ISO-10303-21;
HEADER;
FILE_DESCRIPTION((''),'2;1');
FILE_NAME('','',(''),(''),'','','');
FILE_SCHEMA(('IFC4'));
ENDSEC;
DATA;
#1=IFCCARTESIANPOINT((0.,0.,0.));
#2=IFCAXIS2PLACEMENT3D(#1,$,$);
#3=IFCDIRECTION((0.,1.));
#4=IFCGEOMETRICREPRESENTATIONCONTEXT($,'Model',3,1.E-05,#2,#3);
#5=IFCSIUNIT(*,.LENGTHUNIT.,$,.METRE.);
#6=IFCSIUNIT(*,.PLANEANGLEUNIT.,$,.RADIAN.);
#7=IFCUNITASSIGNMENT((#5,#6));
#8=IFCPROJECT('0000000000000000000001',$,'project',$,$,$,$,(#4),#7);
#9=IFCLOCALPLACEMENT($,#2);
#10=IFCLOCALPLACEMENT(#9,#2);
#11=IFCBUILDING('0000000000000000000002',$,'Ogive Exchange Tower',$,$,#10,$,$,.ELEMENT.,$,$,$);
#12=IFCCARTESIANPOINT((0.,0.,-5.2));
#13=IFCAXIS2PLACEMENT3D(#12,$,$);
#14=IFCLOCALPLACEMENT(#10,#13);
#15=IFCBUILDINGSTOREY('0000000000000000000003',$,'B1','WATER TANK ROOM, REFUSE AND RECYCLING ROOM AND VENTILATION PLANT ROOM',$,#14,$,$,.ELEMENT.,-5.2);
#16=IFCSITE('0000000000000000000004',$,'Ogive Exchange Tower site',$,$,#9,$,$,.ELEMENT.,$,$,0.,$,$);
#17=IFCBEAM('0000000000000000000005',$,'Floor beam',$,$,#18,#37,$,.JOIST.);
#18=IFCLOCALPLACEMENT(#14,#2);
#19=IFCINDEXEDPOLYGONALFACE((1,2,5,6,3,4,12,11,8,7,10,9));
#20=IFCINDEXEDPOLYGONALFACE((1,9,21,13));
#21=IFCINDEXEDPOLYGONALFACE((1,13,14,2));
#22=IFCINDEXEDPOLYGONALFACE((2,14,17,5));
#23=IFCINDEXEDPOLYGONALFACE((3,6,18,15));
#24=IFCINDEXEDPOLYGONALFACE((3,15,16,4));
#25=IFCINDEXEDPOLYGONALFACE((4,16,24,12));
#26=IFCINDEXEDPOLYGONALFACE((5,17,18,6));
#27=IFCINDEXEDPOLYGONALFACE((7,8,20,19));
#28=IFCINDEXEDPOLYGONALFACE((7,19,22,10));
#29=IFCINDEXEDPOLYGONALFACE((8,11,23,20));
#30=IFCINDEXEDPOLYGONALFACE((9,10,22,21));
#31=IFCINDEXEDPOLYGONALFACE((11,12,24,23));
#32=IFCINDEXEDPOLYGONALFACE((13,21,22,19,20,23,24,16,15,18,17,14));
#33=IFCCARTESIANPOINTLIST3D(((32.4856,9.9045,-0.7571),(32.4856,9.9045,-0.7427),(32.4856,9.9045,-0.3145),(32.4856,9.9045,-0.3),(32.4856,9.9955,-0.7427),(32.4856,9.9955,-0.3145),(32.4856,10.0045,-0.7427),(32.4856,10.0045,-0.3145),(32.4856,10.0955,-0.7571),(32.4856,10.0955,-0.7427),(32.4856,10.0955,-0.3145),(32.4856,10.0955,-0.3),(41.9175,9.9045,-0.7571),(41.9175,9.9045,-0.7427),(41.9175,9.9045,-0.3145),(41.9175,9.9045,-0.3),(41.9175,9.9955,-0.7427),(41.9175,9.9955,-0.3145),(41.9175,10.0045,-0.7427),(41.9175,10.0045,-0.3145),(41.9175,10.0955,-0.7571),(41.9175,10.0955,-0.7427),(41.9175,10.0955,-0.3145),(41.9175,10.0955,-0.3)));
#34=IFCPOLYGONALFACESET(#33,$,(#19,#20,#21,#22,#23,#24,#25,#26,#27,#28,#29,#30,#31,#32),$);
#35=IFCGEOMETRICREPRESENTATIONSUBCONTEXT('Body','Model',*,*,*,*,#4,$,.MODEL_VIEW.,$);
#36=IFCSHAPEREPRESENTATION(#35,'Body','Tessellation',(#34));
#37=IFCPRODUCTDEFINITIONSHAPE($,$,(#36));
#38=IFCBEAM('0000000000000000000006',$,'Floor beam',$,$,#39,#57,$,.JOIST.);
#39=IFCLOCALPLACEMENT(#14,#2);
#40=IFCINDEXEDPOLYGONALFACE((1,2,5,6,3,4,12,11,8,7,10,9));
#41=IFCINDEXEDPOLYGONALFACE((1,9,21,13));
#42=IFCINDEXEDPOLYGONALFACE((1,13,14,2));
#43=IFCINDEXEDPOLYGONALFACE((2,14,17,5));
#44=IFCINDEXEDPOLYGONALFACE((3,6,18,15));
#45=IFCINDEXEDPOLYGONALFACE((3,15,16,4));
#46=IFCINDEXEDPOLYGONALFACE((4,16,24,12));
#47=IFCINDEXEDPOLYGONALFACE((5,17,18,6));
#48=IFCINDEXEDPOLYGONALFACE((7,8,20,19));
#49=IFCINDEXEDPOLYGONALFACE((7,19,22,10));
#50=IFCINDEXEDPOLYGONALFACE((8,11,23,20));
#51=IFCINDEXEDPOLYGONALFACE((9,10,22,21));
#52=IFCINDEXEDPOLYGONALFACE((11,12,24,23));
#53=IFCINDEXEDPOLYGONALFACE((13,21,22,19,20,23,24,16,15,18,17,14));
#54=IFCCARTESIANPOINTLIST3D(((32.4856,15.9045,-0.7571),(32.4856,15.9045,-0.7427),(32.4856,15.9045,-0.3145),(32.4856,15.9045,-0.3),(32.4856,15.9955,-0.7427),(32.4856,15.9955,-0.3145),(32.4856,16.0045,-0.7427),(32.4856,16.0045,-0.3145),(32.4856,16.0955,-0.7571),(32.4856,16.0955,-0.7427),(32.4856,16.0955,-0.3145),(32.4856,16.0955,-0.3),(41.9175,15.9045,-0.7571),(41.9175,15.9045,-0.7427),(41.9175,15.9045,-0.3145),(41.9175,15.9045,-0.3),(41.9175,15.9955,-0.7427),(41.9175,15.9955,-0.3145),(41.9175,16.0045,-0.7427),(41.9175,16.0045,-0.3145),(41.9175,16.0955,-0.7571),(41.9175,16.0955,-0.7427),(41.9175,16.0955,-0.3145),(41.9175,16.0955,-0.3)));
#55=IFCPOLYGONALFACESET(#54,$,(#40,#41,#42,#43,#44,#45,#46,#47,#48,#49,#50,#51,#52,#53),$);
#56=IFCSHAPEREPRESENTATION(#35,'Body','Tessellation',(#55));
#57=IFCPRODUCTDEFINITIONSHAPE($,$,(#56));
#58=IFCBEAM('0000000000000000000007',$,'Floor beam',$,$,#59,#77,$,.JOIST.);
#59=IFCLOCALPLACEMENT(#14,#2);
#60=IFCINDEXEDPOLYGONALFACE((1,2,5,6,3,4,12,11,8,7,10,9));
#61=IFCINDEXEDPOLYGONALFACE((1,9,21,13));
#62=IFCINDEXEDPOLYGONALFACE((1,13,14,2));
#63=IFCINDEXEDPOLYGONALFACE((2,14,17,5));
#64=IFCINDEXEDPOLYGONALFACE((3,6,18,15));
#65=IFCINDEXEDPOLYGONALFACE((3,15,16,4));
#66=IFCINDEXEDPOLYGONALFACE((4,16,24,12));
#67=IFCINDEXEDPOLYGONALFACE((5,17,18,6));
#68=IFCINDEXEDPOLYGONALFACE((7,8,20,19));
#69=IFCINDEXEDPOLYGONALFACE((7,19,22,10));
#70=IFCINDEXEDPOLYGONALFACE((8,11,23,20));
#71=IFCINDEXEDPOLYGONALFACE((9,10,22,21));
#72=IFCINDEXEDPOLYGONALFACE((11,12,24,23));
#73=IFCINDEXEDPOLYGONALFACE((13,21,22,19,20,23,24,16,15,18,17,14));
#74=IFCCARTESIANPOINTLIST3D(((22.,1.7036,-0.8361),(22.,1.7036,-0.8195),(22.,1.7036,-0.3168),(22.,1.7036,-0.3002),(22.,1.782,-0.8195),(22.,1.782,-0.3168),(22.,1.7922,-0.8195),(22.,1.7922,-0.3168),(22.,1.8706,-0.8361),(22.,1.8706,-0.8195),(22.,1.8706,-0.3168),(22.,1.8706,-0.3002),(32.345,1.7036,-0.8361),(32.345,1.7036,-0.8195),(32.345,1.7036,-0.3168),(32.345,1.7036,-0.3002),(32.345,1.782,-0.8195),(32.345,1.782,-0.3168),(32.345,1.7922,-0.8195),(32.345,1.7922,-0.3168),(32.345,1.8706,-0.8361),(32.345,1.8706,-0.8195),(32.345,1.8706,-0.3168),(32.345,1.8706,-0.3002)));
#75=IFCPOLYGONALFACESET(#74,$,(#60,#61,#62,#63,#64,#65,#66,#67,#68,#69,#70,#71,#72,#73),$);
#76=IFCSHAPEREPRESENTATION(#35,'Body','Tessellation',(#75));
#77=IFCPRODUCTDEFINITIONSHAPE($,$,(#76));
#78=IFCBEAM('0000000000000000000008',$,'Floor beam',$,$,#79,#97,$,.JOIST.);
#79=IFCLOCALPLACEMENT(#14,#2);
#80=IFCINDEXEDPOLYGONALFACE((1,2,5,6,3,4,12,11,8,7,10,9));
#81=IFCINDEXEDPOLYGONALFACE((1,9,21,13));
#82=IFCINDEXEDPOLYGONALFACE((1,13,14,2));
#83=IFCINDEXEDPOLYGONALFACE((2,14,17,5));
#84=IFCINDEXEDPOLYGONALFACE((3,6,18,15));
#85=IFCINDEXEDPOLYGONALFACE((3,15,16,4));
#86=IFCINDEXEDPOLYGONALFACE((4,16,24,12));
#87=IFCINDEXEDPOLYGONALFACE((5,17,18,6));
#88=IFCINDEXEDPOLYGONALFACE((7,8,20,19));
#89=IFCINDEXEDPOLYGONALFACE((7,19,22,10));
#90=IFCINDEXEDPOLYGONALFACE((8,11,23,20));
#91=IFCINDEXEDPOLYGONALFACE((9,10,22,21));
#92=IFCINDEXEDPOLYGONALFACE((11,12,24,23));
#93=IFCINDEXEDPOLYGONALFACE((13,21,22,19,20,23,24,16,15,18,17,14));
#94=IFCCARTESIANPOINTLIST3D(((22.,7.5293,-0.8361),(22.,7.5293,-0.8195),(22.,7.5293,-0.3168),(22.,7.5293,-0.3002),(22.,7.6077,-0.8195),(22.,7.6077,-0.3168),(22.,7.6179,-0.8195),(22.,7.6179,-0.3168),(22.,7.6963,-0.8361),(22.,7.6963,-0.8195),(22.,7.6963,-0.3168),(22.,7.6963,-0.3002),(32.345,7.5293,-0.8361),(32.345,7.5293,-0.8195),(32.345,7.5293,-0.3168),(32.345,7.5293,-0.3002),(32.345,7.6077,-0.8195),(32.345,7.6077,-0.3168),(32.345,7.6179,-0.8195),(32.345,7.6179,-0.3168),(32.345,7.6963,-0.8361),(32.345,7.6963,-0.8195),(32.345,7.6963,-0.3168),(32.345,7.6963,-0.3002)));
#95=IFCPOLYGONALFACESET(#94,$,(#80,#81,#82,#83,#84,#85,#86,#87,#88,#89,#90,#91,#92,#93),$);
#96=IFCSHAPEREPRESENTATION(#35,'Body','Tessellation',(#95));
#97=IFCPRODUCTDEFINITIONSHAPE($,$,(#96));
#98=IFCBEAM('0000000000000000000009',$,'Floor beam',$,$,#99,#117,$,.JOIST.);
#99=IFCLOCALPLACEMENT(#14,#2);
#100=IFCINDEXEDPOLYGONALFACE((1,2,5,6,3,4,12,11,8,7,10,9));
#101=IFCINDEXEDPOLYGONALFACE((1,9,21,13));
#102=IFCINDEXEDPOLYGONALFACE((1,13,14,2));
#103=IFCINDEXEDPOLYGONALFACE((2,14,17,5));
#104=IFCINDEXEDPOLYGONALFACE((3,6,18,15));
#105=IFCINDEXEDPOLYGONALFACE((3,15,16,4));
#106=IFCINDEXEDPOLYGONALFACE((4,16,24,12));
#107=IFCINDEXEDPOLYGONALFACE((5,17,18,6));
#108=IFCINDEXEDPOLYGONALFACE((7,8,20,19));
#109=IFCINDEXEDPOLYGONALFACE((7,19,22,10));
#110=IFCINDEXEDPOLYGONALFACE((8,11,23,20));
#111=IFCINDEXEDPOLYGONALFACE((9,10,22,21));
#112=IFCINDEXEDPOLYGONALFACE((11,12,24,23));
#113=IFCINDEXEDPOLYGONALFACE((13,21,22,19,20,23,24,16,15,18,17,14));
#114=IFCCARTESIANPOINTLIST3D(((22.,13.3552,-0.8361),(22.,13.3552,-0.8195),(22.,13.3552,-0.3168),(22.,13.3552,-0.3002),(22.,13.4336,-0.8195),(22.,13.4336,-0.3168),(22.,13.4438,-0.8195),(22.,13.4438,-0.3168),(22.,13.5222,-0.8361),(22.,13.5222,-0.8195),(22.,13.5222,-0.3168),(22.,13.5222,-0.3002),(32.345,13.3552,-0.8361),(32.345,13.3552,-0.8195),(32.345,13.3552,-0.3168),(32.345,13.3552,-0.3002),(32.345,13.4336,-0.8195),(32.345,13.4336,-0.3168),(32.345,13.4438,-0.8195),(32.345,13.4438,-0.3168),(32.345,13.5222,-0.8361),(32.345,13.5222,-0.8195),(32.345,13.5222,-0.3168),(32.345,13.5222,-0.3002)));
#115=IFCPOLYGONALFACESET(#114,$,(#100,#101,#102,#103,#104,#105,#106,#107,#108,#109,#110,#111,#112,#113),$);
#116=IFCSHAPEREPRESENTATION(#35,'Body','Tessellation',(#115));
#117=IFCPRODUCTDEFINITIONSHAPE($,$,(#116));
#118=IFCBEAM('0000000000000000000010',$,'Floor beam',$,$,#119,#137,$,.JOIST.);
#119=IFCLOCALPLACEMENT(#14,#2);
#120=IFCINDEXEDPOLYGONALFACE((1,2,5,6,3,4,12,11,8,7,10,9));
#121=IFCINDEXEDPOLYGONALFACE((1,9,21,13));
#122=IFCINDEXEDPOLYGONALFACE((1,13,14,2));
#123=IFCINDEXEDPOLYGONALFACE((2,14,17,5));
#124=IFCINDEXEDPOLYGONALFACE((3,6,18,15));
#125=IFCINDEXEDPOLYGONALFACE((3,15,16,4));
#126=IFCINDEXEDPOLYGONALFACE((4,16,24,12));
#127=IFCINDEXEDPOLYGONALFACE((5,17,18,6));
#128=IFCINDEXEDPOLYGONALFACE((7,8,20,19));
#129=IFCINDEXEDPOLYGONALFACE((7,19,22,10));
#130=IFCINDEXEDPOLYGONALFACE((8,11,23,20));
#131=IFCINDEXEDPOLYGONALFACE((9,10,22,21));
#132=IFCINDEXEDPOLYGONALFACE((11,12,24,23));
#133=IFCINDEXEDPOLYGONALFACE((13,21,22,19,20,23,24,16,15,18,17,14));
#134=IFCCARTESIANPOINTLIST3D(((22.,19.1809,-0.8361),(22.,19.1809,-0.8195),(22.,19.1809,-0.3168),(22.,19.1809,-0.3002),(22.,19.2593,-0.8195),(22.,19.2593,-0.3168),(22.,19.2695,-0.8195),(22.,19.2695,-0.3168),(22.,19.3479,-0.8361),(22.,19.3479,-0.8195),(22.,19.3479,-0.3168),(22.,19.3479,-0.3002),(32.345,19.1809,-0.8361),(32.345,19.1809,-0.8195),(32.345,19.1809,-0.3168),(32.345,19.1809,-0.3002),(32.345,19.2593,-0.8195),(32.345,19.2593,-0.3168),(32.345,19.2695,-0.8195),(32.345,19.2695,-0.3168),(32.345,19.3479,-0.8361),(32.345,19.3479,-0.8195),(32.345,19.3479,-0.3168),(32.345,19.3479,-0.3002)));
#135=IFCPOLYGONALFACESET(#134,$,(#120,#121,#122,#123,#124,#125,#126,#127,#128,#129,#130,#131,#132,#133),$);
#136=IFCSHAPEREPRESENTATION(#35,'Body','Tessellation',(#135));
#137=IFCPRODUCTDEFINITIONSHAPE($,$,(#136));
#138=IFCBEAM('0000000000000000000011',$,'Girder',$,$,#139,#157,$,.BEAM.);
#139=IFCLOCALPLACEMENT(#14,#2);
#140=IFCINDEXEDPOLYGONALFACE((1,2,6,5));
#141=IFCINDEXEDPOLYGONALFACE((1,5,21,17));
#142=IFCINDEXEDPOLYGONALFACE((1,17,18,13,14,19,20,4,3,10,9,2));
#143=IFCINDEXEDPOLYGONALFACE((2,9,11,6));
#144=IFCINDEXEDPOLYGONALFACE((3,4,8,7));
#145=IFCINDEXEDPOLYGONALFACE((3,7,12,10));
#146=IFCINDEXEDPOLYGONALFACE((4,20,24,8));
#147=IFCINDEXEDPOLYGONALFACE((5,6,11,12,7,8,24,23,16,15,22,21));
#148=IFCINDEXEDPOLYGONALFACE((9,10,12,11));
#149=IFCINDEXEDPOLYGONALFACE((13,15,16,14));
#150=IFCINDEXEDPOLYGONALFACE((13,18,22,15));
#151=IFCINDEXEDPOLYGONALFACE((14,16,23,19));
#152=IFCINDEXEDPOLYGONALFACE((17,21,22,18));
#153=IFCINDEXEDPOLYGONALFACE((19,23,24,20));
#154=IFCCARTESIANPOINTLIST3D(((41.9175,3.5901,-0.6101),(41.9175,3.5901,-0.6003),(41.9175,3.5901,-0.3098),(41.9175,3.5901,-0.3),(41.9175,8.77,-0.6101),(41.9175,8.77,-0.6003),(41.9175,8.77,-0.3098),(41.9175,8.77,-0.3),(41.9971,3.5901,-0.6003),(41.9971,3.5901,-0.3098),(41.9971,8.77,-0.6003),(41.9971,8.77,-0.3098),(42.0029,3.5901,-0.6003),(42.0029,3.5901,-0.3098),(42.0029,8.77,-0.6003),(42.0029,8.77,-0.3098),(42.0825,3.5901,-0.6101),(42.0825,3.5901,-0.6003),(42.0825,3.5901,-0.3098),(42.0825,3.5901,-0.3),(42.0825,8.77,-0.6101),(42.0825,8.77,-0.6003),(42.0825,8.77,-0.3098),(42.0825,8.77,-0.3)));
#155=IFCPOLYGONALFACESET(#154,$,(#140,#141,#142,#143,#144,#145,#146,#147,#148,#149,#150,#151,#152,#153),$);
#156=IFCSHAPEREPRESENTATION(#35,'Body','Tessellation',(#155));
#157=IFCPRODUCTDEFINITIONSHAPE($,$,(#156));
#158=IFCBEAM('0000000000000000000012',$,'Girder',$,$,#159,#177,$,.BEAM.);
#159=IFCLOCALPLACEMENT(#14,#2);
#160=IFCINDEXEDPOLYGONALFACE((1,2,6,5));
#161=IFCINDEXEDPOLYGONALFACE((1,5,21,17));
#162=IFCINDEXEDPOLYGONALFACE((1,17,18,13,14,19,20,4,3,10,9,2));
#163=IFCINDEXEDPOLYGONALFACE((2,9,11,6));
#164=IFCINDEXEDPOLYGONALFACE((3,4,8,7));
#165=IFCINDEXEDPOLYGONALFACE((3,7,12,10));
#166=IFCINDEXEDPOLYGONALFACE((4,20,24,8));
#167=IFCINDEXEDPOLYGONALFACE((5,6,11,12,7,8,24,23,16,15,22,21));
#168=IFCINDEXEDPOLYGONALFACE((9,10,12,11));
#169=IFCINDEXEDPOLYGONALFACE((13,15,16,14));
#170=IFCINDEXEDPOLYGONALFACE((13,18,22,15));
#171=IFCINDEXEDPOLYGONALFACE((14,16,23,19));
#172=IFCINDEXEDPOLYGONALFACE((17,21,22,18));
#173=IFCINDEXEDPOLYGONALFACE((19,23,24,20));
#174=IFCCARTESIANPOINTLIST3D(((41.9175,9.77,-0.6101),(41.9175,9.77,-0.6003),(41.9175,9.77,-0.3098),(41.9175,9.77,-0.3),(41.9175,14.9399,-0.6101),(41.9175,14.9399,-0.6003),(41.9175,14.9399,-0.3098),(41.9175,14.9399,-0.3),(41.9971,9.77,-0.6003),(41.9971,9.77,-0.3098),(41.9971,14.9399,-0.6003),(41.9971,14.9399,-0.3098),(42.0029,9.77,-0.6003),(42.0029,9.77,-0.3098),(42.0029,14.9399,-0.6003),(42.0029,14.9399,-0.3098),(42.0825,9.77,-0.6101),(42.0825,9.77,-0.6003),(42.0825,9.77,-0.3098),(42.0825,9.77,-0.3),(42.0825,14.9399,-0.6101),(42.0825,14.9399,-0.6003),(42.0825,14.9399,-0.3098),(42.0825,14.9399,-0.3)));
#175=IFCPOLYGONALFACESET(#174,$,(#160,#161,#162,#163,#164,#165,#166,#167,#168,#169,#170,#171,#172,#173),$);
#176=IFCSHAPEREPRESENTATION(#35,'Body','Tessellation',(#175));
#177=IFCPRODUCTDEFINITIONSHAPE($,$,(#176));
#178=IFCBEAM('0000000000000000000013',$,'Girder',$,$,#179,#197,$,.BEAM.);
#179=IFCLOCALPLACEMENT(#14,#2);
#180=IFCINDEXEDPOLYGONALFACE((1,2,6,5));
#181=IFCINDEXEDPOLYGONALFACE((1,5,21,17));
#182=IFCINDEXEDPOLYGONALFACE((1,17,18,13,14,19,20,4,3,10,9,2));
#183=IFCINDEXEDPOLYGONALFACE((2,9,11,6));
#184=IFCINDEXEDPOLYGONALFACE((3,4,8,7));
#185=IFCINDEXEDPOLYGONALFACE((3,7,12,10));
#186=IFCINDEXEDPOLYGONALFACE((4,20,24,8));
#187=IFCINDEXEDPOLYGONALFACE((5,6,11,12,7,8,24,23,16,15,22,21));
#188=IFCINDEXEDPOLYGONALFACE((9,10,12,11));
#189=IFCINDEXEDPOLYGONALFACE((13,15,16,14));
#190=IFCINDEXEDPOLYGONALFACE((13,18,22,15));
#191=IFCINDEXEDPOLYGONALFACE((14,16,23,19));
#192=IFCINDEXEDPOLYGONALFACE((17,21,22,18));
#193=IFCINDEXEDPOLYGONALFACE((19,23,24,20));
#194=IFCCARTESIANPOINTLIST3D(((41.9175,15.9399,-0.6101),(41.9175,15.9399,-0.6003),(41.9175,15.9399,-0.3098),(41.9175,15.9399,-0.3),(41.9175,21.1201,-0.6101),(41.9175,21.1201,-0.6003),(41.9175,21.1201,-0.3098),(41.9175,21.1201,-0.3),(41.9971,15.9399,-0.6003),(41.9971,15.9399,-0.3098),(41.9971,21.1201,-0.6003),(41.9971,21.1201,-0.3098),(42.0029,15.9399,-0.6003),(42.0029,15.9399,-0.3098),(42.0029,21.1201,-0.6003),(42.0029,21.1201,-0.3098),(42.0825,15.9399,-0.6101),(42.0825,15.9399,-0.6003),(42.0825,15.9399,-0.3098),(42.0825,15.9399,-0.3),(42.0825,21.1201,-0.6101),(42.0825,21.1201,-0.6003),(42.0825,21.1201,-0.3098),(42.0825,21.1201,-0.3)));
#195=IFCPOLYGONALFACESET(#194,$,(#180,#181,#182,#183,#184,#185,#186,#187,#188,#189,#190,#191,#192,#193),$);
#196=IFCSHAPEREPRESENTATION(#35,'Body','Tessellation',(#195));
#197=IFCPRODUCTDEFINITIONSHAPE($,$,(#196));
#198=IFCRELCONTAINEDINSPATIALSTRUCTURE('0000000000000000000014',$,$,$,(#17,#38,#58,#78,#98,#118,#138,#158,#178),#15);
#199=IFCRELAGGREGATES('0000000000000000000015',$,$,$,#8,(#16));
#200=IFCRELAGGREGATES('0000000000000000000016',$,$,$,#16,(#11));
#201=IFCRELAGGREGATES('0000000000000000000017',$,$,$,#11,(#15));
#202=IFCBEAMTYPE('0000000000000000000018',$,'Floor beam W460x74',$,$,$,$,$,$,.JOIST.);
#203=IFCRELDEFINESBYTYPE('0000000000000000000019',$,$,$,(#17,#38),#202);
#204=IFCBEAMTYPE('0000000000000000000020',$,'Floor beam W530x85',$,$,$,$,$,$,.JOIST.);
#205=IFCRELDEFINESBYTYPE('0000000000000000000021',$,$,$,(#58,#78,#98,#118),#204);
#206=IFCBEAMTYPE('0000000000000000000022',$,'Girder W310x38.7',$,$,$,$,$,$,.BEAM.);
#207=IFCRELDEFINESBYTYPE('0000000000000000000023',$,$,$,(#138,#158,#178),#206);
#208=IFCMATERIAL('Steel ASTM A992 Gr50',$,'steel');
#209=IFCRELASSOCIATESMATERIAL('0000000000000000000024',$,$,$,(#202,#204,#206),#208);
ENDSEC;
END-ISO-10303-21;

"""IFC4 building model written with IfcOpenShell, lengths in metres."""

from ifc_helpers import new_model, si_unit, direction, frame, origin, origin_2d, place, context, subcontext, project, spatial, i_section, extrude, material, material_profile, profile_set, type_object, element, save


model = new_model("IFC4")

# Units and contexts
model_context = context("Model", 3, precision=1e-05, world=origin(), true_north=direction((0.0, 1.0)))
body_context = subcontext(model_context, "Body", "Model", "MODEL_VIEW")
ifc_project = project(units=[si_unit("LENGTHUNIT", "METRE"), si_unit("PLANEANGLEUNIT", "RADIAN")], contexts=[model_context])

# Site, building, storey
site_placement = place(None, origin())
site = spatial("IfcSite", under=ifc_project, at=site_placement, Name="Ogive Exchange Tower site", CompositionType="ELEMENT", RefElevation=0.0)
building_placement = place(site_placement, origin())
building = spatial("IfcBuilding", under=site, at=building_placement, Name="Ogive Exchange Tower", CompositionType="ELEMENT")
storey_placement = place(building_placement, frame((0.0, 0.0, -5.2)))
storey = spatial("IfcBuildingStorey", under=building, at=storey_placement, Name="B1", Description="WATER TANK ROOM, REFUSE AND RECYCLING ROOM AND VENTILATION PLANT ROOM", CompositionType="ELEMENT", Elevation=-5.2)

# Beams
ifc_material_1 = material(Name="Steel ASTM A992 Gr50", Category="steel")
ifc_material_profile_1 = material_profile(ifc_material_1, i_section(OverallWidth=0.1909, OverallDepth=0.457, WebThickness=0.009, FlangeThickness=0.0144, at=origin_2d()), Name="W460x74")
ifc_profile_set_1 = profile_set([ifc_material_profile_1], Name="Steel ASTM A992 Gr50")
beam_type_1 = type_object("IfcBeamType", Name="Floor beam W460x74", PredefinedType="JOIST", material=ifc_profile_set_1)
for number, where, z_axis, x_axis, name in (
    (1, (32.4856, 10.0, -0.5286), (1.0, 0.0, 0.0), (0.0, 1.0, 0.0), "Floor beam"),
    (2, (32.4856, 16.0, -0.5286), (1.0, 0.0, 0.0), (0.0, 1.0, 0.0), "Floor beam"),
):
    element("IfcBeam", number, at=place(storey_placement, frame(where, z_axis=z_axis, x_axis=x_axis)), inside=storey, type_object=beam_type_1, Name=name, PredefinedType="JOIST", context=body_context, shape_type="SweptSolid", body=[
        extrude(i_section(OverallWidth=0.1909, OverallDepth=0.457, WebThickness=0.009, FlangeThickness=0.0144, at=origin_2d()), origin(), (0.0, 0.0, 1.0), 9.4319),
    ])
ifc_material_profile_2 = material_profile(ifc_material_1, i_section(OverallWidth=0.167, OverallDepth=0.5359, WebThickness=0.0103, FlangeThickness=0.0166, at=origin_2d()), Name="W530x85")
ifc_profile_set_2 = profile_set([ifc_material_profile_2], Name="Steel ASTM A992 Gr50")
beam_type_2 = type_object("IfcBeamType", Name="Floor beam W530x85", PredefinedType="JOIST", material=ifc_profile_set_2)
for number, where, z_axis, x_axis, name in (
    (3, (22.0, 1.7871, -0.5681), (1.0, 0.0, 0.0), (0.0, 1.0, 0.0), "Floor beam"),
    (4, (22.0, 7.6128, -0.5681), (1.0, 0.0, 0.0), (0.0, 1.0, 0.0), "Floor beam"),
    (5, (22.0, 13.4387, -0.5681), (1.0, 0.0, 0.0), (0.0, 1.0, 0.0), "Floor beam"),
    (6, (22.0, 19.2644, -0.5681), (1.0, 0.0, 0.0), (0.0, 1.0, 0.0), "Floor beam"),
):
    element("IfcBeam", number, at=place(storey_placement, frame(where, z_axis=z_axis, x_axis=x_axis)), inside=storey, type_object=beam_type_2, Name=name, PredefinedType="JOIST", context=body_context, shape_type="SweptSolid", body=[
        extrude(i_section(OverallWidth=0.167, OverallDepth=0.5359, WebThickness=0.0103, FlangeThickness=0.0166, at=origin_2d()), origin(), (0.0, 0.0, 1.0), 10.345),
    ])
ifc_material_profile_3 = material_profile(ifc_material_1, i_section(OverallWidth=0.165, OverallDepth=0.3101, WebThickness=0.0059, FlangeThickness=0.0098, at=origin_2d()), Name="W310x38.7")
ifc_profile_set_3 = profile_set([ifc_material_profile_3], Name="Steel ASTM A992 Gr50")
beam_type_3 = type_object("IfcBeamType", Name="Girder W310x38.7", PredefinedType="BEAM", material=ifc_profile_set_3)
beam_1_placement = place(storey_placement, frame((42.0, 3.5901, -0.4551), z_axis=(0.0, 1.0, 0.0), x_axis=(-1.0, 0.0, 0.0)))
element("IfcBeam", 7, at=beam_1_placement, inside=storey, type_object=beam_type_3, Name="Girder", PredefinedType="BEAM", context=body_context, shape_type="SweptSolid", body=[
    extrude(i_section(OverallWidth=0.165, OverallDepth=0.3101, WebThickness=0.0059, FlangeThickness=0.0098, at=origin_2d()), origin(), (0.0, 0.0, 1.0), 5.1799),
])
beam_2_placement = place(storey_placement, frame((42.0, 9.77, -0.4551), z_axis=(0.0, 1.0, 0.0), x_axis=(-1.0, 0.0, 0.0)))
element("IfcBeam", 8, at=beam_2_placement, inside=storey, type_object=beam_type_3, Name="Girder", PredefinedType="BEAM", context=body_context, shape_type="SweptSolid", body=[
    extrude(i_section(OverallWidth=0.165, OverallDepth=0.3101, WebThickness=0.0059, FlangeThickness=0.0098, at=origin_2d()), origin(), (0.0, 0.0, 1.0), 5.1699),
])
beam_3_placement = place(storey_placement, frame((42.0, 15.9399, -0.4551), z_axis=(0.0, 1.0, 0.0), x_axis=(-1.0, 0.0, 0.0)))
element("IfcBeam", 9, at=beam_3_placement, inside=storey, type_object=beam_type_3, Name="Girder", PredefinedType="BEAM", context=body_context, shape_type="SweptSolid", body=[
    extrude(i_section(OverallWidth=0.165, OverallDepth=0.3101, WebThickness=0.0059, FlangeThickness=0.0098, at=origin_2d()), origin(), (0.0, 0.0, 1.0), 5.1802),
])

save(model, "model.ifc")
